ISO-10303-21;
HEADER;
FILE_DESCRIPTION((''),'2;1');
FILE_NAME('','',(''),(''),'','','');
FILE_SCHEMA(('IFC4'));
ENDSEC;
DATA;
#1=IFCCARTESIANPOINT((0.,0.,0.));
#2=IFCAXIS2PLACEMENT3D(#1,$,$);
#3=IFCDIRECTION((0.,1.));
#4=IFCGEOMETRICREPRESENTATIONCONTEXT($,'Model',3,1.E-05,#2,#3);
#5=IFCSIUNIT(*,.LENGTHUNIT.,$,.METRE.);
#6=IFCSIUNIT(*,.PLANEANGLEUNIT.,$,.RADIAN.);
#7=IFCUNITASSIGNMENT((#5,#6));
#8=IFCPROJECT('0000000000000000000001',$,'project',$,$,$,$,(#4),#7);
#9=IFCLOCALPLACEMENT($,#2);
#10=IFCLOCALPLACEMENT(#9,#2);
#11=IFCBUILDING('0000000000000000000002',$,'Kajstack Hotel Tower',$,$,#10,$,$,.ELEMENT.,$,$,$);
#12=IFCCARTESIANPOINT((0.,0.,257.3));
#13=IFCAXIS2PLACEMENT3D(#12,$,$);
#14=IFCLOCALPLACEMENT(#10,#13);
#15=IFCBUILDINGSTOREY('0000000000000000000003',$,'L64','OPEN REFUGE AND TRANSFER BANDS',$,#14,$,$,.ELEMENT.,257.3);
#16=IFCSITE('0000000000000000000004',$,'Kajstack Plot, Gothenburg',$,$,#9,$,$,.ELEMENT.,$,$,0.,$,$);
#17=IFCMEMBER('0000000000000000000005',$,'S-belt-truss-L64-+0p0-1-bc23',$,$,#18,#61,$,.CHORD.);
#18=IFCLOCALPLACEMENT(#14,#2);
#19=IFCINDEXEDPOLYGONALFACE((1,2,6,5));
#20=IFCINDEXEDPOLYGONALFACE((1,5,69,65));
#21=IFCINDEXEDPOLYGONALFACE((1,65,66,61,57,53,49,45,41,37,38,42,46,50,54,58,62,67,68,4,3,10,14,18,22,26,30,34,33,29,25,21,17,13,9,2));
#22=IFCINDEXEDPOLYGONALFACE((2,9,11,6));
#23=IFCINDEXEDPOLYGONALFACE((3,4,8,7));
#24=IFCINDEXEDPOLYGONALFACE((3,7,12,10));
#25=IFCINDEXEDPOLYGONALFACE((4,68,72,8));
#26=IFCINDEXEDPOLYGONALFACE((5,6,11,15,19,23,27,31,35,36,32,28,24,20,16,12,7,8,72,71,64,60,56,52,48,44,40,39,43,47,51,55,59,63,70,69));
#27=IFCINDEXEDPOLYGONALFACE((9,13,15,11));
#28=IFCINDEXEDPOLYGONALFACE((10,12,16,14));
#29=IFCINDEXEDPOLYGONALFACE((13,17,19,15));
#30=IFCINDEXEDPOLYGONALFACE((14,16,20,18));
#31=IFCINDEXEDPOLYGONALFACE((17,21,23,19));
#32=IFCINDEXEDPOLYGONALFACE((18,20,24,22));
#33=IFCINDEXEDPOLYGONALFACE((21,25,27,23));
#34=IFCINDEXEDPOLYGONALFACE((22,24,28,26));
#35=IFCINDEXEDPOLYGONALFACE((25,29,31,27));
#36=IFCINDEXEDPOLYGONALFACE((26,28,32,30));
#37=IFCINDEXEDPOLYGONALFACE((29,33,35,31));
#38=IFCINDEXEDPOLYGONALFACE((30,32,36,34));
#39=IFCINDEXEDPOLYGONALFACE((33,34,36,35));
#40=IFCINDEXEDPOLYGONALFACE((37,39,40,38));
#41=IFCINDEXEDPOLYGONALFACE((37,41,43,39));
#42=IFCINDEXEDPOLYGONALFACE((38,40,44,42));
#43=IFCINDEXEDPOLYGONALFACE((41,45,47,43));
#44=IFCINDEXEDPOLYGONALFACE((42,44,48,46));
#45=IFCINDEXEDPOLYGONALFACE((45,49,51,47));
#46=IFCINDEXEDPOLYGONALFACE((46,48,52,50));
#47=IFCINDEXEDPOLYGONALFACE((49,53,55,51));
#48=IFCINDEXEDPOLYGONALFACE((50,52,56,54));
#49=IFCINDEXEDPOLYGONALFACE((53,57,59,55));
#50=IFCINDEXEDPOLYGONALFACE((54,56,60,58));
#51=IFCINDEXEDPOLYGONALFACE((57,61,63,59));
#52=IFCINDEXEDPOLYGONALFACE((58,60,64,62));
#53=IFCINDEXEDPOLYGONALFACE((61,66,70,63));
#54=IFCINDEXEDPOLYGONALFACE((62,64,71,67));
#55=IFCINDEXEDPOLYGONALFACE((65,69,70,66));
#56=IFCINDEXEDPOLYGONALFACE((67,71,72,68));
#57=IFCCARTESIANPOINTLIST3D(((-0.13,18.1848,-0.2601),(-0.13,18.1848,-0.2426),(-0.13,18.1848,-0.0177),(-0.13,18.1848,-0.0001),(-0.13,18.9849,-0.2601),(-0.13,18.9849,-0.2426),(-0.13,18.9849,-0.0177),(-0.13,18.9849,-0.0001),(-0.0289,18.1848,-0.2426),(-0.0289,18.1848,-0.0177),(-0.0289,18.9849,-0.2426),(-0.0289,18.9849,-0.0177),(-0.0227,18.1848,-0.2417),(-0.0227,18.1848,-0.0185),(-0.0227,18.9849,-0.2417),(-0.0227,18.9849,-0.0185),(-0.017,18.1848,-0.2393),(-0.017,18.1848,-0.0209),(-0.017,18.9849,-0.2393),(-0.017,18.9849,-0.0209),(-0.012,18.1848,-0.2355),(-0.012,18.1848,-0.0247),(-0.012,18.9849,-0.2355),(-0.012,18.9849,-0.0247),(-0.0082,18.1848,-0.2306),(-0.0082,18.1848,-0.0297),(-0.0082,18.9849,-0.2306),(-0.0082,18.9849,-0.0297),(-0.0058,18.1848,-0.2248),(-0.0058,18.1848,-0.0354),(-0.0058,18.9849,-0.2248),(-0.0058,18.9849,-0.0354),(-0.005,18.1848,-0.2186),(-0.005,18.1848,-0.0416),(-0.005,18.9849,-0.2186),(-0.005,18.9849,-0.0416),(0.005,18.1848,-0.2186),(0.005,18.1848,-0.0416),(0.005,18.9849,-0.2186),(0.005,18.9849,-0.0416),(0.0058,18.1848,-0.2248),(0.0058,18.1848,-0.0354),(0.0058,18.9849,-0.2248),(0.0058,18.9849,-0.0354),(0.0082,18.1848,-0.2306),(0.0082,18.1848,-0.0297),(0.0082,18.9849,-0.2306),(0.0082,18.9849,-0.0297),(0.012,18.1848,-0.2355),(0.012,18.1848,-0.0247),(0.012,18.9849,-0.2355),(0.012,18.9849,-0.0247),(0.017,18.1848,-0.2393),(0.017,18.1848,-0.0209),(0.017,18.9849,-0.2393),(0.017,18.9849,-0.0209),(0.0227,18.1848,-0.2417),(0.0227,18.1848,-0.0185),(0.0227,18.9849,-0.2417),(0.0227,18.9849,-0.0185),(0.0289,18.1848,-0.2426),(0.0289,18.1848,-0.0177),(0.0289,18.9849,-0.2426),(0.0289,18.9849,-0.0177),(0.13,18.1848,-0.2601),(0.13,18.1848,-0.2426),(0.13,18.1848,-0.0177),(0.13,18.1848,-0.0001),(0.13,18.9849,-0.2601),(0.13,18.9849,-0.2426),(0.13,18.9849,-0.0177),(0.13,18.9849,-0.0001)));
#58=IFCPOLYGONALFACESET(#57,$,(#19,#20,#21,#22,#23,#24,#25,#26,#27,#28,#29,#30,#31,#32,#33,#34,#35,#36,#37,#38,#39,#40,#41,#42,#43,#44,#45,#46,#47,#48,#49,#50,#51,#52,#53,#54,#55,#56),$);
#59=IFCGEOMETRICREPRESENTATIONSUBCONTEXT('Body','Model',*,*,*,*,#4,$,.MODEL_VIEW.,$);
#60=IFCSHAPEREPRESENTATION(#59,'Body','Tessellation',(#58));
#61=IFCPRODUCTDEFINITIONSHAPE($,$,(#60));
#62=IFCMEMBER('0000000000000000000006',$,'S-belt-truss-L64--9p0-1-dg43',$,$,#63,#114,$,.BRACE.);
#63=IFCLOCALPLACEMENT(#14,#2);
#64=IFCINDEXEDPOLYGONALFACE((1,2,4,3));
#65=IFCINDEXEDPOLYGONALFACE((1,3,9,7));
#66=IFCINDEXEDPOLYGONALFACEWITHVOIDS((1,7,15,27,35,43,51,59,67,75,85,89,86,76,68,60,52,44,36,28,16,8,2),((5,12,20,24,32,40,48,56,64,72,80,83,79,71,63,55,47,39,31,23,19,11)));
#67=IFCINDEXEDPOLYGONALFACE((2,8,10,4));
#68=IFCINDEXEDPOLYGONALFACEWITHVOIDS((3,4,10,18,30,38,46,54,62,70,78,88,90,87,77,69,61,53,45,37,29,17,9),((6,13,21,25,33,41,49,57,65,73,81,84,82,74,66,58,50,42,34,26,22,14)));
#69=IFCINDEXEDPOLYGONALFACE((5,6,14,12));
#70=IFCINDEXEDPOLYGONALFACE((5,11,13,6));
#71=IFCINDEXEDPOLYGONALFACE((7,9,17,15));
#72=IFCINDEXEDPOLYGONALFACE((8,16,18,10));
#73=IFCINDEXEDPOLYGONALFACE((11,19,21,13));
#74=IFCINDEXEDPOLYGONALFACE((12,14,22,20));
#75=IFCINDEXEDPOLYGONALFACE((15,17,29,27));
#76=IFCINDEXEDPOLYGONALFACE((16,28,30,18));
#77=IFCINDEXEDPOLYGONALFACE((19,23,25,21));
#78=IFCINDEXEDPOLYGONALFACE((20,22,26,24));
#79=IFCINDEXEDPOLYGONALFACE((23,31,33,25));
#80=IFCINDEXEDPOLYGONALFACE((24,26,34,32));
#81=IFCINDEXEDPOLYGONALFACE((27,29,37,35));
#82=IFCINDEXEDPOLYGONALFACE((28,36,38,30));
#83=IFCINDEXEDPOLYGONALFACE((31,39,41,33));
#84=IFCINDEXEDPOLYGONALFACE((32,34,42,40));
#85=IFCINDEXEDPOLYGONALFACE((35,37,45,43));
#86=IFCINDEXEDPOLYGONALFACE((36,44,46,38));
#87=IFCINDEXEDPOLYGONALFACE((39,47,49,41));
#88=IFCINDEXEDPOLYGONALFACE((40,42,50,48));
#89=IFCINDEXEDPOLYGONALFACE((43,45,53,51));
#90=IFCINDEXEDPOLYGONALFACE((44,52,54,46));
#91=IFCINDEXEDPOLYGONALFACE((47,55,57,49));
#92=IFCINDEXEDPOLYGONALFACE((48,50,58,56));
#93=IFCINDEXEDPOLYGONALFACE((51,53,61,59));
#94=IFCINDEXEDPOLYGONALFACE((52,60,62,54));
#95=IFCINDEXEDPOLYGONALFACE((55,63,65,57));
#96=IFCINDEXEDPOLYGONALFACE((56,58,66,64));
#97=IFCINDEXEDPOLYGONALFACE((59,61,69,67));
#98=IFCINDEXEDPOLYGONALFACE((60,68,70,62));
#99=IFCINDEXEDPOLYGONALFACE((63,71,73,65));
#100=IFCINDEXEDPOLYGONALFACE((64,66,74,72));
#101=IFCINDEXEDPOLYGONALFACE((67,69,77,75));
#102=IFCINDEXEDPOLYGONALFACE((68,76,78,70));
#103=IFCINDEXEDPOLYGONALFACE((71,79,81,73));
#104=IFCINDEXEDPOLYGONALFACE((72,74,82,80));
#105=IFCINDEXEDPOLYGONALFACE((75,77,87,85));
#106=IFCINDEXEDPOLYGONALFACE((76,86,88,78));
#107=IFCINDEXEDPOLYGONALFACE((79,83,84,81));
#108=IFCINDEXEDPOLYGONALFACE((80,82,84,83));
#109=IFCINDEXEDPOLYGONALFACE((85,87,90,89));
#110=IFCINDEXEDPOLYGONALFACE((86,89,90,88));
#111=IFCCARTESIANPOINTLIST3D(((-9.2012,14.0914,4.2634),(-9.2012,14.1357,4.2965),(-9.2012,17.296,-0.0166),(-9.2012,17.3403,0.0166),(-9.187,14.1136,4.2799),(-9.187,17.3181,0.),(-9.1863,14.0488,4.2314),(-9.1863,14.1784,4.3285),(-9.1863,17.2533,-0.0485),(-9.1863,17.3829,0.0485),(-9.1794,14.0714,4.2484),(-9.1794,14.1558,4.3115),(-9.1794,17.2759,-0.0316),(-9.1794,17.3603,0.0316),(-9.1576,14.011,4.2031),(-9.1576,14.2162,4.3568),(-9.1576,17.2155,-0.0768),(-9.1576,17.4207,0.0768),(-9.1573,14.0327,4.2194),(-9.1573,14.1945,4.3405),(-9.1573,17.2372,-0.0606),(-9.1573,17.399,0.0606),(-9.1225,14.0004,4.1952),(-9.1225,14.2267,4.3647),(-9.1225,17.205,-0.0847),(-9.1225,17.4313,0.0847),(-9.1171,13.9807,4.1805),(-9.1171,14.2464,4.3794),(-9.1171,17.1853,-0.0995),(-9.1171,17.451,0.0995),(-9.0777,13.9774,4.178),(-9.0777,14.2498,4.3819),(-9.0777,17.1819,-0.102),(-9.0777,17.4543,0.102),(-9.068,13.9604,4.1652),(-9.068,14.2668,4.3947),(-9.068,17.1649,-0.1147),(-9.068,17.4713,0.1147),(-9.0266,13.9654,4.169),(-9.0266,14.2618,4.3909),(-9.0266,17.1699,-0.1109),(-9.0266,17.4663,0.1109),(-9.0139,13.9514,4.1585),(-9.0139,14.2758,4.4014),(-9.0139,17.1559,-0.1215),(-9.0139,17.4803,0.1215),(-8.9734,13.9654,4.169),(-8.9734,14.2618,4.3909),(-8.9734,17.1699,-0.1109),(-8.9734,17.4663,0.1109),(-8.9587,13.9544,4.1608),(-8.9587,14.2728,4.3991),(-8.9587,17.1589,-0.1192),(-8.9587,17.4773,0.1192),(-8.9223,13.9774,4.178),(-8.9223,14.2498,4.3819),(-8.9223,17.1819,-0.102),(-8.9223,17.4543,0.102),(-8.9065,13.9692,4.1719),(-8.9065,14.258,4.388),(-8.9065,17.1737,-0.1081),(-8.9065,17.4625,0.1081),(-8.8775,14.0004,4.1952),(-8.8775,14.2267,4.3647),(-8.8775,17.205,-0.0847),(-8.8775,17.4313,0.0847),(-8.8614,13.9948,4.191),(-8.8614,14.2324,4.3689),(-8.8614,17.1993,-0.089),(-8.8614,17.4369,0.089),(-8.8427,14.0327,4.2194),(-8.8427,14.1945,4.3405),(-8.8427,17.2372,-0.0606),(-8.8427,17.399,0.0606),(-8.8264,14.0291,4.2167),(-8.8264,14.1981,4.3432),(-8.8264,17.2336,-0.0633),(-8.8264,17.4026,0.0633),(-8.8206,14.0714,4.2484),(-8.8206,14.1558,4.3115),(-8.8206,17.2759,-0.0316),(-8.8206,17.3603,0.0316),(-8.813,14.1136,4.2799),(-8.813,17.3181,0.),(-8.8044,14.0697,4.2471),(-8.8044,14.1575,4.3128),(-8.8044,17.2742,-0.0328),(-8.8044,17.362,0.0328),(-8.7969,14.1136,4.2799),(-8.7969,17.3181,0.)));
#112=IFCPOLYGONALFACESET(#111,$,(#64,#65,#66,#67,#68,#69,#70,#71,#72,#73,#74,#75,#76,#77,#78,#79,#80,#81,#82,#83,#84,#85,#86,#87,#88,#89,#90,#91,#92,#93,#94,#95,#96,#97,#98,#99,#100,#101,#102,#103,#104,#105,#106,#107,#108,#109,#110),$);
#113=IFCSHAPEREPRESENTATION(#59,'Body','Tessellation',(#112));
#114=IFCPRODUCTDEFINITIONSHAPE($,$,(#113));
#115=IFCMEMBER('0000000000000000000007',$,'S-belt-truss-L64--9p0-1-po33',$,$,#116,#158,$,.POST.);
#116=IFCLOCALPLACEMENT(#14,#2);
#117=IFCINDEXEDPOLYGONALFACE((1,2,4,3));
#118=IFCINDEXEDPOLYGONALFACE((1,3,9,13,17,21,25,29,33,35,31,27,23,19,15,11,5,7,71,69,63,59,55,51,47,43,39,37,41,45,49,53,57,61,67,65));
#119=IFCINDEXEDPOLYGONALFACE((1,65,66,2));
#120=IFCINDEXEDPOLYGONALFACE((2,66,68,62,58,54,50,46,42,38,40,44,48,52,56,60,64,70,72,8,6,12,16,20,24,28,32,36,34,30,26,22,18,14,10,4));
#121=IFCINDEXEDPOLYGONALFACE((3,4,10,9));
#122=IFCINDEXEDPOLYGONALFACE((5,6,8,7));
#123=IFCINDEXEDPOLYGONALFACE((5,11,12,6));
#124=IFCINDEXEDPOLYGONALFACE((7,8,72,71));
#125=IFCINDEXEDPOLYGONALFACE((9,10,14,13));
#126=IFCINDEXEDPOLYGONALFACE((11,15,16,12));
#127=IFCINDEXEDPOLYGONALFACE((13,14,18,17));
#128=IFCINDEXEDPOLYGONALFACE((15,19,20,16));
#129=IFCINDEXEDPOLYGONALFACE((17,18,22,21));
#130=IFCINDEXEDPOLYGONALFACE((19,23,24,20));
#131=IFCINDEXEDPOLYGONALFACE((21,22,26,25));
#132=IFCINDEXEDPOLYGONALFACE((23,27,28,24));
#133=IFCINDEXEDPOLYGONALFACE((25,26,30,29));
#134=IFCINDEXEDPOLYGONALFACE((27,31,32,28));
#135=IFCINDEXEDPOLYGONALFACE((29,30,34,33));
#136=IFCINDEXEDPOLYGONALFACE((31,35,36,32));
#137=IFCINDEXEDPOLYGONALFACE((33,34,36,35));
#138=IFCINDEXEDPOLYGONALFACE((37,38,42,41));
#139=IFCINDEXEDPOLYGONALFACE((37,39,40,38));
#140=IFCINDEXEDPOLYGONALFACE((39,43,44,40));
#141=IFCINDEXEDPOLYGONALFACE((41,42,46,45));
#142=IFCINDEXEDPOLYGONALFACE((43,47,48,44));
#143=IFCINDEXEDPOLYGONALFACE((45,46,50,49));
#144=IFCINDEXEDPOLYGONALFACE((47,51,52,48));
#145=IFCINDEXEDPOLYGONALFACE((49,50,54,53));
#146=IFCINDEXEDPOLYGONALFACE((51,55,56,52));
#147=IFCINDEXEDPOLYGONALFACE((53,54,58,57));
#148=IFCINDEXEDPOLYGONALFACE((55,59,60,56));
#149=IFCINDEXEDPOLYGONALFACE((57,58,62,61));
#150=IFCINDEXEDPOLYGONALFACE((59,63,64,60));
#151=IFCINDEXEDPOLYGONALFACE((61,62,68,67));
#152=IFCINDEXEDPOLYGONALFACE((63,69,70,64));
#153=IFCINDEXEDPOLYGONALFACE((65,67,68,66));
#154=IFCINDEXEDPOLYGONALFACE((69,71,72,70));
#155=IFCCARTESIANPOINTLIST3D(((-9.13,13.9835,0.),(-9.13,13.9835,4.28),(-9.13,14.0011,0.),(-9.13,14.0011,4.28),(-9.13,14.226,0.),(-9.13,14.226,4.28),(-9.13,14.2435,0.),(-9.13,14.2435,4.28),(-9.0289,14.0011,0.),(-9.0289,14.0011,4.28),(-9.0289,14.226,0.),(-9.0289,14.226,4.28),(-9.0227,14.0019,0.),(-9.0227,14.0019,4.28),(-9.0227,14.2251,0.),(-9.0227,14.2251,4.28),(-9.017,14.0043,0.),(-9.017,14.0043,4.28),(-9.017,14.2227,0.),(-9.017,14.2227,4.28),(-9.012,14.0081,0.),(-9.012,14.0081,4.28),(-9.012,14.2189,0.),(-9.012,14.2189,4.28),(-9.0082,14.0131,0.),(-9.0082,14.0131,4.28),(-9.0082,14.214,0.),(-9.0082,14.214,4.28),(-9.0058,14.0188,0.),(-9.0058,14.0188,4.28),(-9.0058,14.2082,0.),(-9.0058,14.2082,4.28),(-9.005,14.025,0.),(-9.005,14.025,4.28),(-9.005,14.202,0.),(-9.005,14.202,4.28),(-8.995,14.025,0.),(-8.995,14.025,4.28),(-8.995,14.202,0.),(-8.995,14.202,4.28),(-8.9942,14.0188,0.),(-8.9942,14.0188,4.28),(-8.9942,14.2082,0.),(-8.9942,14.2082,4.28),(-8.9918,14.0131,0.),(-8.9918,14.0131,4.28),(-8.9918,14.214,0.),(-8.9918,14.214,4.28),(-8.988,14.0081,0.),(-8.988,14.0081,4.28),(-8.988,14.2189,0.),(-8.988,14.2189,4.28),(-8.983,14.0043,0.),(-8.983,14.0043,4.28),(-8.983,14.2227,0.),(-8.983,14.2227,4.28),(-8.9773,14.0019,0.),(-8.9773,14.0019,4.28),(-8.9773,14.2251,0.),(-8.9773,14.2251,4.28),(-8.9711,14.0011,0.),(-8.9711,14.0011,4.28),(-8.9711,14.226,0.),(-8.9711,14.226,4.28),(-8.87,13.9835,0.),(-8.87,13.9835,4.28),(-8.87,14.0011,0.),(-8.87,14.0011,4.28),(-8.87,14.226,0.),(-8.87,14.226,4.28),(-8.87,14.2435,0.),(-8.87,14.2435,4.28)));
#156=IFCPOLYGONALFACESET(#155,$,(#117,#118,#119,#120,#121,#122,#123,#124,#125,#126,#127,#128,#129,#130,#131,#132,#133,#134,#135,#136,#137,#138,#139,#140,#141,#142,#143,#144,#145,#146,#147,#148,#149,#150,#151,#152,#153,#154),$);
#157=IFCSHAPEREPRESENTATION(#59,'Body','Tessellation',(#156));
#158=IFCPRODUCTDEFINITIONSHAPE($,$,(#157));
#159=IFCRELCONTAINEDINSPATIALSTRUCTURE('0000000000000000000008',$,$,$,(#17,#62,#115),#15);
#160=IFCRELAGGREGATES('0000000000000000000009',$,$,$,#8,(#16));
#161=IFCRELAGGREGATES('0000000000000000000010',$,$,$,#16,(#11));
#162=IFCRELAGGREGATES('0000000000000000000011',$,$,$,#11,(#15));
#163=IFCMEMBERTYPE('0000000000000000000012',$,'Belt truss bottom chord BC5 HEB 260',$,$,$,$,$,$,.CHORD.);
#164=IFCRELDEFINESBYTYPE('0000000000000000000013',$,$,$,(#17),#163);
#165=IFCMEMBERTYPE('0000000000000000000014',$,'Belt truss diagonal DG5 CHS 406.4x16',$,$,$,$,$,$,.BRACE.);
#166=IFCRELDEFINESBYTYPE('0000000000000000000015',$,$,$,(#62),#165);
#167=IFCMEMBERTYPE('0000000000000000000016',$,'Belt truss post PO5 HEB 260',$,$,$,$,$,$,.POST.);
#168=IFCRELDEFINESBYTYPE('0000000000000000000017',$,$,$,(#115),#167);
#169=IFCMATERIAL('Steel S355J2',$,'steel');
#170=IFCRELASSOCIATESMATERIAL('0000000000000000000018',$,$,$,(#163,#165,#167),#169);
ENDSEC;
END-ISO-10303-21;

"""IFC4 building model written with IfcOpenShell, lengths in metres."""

from ifc_helpers import new_model, si_unit, direction, frame, origin, origin_2d, place, context, subcontext, project, spatial, hollow_circle, i_section, extrude, material, material_profile, profile_set, type_object, element, save


model = new_model("IFC4")

# Units and contexts
model_context = context("Model", 3, precision=1e-05, world=origin(), true_north=direction((0.0, 1.0)))
body_context = subcontext(model_context, "Body", "Model", "MODEL_VIEW")
ifc_project = project(units=[si_unit("LENGTHUNIT", "METRE"), si_unit("PLANEANGLEUNIT", "RADIAN")], contexts=[model_context])

# Site, building, storey
site_placement = place(None, origin())
site = spatial("IfcSite", under=ifc_project, at=site_placement, Name="Kajstack Plot, Gothenburg", CompositionType="ELEMENT", RefElevation=0.0)
building_placement = place(site_placement, origin())
building = spatial("IfcBuilding", under=site, at=building_placement, Name="Kajstack Hotel Tower", CompositionType="ELEMENT")
storey_placement = place(building_placement, frame((0.0, 0.0, 257.3)))
storey = spatial("IfcBuildingStorey", under=building, at=storey_placement, Name="L64", Description="OPEN REFUGE AND TRANSFER BANDS", CompositionType="ELEMENT", Elevation=257.3)

# Members
ifc_material_1 = material(Name="Steel S355J2", Category="steel")
ifc_material_profile_1 = material_profile(ifc_material_1, i_section(OverallWidth=0.26, OverallDepth=0.26, WebThickness=0.01, FlangeThickness=0.0176, FilletRadius=0.0239, at=origin_2d()), Name="HEB 260")
ifc_profile_set_1 = profile_set([ifc_material_profile_1], Name="Steel S355J2")
member_type_1 = type_object("IfcMemberType", Name="Belt truss bottom chord BC5 HEB 260", PredefinedType="CHORD", material=ifc_profile_set_1)
member_1_placement = place(storey_placement, frame((0.0, 18.1848, -0.1301), z_axis=(0.0, 1.0, 0.0), x_axis=(-1.0, 0.0, 0.0)))
element("IfcMember", 1, at=member_1_placement, inside=storey, type_object=member_type_1, Name="S-belt-truss-L64-+0p0-1-bc23", PredefinedType="CHORD", context=body_context, shape_type="SweptSolid", body=[
    extrude(i_section(OverallWidth=0.26, OverallDepth=0.26, WebThickness=0.01, FlangeThickness=0.0176, FilletRadius=0.0239, at=origin_2d()), origin(), (0.0, 0.0, 1.0), 0.8),
])
ifc_material_profile_2 = material_profile(ifc_material_1, hollow_circle(Radius=0.2031, WallThickness=0.0161, at=origin_2d()), Name="CHS 406.4x16")
ifc_profile_set_2 = profile_set([ifc_material_profile_2], Name="Steel S355J2")
member_type_2 = type_object("IfcMemberType", Name="Belt truss diagonal DG5 CHS 406.4x16", PredefinedType="BRACE", material=ifc_profile_set_2)
member_2_placement = place(storey_placement, frame((-9.0, 17.3181, 0.0), z_axis=(0.0, -0.59935, 0.800487), x_axis=(1.0, 0.0, 0.0)))
element("IfcMember", 2, at=member_2_placement, inside=storey, type_object=member_type_2, Name="S-belt-truss-L64--9p0-1-dg43", PredefinedType="BRACE", context=body_context, shape_type="SweptSolid", body=[
    extrude(hollow_circle(Radius=0.2031, WallThickness=0.0161, at=origin_2d()), origin(), (0.0, 0.0, 1.0), 5.3467),
])
ifc_material_profile_3 = material_profile(ifc_material_1, i_section(OverallWidth=0.26, OverallDepth=0.26, WebThickness=0.01, FlangeThickness=0.0176, FilletRadius=0.0239, at=origin_2d()), Name="HEB 260")
ifc_profile_set_3 = profile_set([ifc_material_profile_3], Name="Steel S355J2")
member_type_3 = type_object("IfcMemberType", Name="Belt truss post PO5 HEB 260", PredefinedType="POST", material=ifc_profile_set_3)
for number, where, z_axis, x_axis, name in (
    (3, (-9.0, 14.1135, 0.0), (0.0, 0.0, 1.0), (1.0, 0.0, 0.0), "S-belt-truss-L64--9p0-1-po33"),
):
    element("IfcMember", number, at=place(storey_placement, frame(where, z_axis=z_axis, x_axis=x_axis)), inside=storey, type_object=member_type_3, Name=name, PredefinedType="POST", context=body_context, shape_type="SweptSolid", body=[
        extrude(i_section(OverallWidth=0.26, OverallDepth=0.26, WebThickness=0.01, FlangeThickness=0.0176, FilletRadius=0.0239, at=origin_2d()), origin(), (0.0, 0.0, 1.0), 4.28),
    ])

save(model, "model.ifc")
